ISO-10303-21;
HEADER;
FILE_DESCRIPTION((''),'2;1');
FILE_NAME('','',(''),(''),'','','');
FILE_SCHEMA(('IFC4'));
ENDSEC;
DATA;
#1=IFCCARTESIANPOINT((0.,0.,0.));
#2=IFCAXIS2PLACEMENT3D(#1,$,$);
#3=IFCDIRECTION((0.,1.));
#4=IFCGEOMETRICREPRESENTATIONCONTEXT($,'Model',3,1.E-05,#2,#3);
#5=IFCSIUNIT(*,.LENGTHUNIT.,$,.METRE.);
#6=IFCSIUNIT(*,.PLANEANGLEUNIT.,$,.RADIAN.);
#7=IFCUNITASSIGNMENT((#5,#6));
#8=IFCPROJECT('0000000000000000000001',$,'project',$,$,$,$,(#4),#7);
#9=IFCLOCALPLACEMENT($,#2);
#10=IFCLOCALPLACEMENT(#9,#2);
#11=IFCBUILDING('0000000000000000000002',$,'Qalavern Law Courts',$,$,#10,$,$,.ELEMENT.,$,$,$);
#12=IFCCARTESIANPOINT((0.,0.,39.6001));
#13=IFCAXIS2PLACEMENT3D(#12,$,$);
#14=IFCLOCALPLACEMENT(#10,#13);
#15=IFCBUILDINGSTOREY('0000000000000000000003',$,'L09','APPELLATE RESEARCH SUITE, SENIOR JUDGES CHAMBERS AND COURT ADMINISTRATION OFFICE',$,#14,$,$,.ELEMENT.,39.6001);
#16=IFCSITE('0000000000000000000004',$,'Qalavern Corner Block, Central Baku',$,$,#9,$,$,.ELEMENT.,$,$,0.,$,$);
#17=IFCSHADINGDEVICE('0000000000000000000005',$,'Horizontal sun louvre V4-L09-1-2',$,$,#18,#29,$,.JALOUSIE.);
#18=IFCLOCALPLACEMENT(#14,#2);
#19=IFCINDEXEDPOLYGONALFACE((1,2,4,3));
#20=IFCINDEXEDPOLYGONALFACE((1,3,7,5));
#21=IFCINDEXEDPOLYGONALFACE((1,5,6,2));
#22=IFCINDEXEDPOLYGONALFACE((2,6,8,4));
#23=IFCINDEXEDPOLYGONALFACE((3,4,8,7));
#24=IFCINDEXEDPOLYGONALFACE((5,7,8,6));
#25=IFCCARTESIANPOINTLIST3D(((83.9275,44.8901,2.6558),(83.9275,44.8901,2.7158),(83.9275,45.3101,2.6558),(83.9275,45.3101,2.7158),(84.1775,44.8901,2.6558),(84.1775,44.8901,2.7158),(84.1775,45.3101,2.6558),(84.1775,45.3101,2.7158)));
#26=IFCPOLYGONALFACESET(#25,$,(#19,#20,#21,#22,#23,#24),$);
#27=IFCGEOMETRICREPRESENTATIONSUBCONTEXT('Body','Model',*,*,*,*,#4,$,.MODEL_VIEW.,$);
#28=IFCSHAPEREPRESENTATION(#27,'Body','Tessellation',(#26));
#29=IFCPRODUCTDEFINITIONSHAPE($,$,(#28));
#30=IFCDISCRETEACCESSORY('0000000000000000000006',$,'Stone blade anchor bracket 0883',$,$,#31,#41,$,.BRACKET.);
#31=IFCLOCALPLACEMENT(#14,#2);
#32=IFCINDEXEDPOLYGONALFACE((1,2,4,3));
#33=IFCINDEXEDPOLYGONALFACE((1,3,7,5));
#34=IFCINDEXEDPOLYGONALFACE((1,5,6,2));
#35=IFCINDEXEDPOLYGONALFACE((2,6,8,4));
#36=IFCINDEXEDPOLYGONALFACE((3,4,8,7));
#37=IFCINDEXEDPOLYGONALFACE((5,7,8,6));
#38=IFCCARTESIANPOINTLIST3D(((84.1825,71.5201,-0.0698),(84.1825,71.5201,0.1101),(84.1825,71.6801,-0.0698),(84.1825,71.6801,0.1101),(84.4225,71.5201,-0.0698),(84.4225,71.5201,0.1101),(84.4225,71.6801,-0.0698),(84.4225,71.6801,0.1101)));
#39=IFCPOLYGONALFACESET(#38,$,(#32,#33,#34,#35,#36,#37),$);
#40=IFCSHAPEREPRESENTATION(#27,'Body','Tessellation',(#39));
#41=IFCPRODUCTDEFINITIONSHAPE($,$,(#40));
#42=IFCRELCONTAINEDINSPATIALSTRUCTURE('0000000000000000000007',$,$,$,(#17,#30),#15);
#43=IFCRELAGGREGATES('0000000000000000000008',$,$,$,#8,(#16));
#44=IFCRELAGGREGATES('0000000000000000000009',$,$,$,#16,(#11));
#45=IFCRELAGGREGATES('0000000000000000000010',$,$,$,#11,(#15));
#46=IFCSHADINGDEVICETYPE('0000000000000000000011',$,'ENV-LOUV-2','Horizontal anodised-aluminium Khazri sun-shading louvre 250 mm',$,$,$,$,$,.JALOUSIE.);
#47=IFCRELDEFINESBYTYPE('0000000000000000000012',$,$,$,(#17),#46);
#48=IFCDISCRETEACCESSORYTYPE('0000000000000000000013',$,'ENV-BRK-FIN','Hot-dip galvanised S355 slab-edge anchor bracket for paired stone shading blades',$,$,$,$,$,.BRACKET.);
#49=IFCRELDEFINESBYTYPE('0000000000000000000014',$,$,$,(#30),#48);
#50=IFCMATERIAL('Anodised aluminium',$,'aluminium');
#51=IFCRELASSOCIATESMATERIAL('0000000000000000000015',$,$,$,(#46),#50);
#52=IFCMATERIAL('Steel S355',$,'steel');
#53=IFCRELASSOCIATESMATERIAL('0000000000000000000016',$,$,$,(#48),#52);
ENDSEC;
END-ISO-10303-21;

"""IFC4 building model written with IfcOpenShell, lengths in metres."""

from ifc_helpers import new_model, si_unit, direction, frame, origin, origin_2d, place, context, subcontext, project, spatial, rectangle, extrude, material, type_object, element, save


model = new_model("IFC4")

# Units and contexts
model_context = context("Model", 3, precision=1e-05, world=origin(), true_north=direction((0.0, 1.0)))
body_context = subcontext(model_context, "Body", "Model", "MODEL_VIEW")
ifc_project = project(units=[si_unit("LENGTHUNIT", "METRE"), si_unit("PLANEANGLEUNIT", "RADIAN")], contexts=[model_context])

# Site, building, storey
site_placement = place(None, origin())
site = spatial("IfcSite", under=ifc_project, at=site_placement, Name="Qalavern Corner Block, Central Baku", CompositionType="ELEMENT", RefElevation=0.0)
building_placement = place(site_placement, origin())
building = spatial("IfcBuilding", under=site, at=building_placement, Name="Qalavern Law Courts", CompositionType="ELEMENT")
storey_placement = place(building_placement, frame((0.0, 0.0, 39.6001)))
storey = spatial("IfcBuildingStorey", under=building, at=storey_placement, Name="L09", Description="APPELLATE RESEARCH SUITE, SENIOR JUDGES CHAMBERS AND COURT ADMINISTRATION OFFICE", CompositionType="ELEMENT", Elevation=39.6001)

# Shading device
ifc_material_1 = material(Name="Anodised aluminium", Category="aluminium")
shading_device_type_1 = type_object("IfcShadingDeviceType", Name="ENV-LOUV-2", Description="Horizontal anodised-aluminium Khazri sun-shading louvre 250 mm", PredefinedType="JALOUSIE", material=ifc_material_1)
for number, where, z_axis, x_axis, name in (
    (1, (84.0525, 45.1001, 2.6558), (0.0, 0.0, 1.0), (0.0, -1.0, 0.0), "Horizontal sun louvre V4-L09-1-2"),
):
    element("IfcShadingDevice", number, at=place(storey_placement, frame(where, z_axis=z_axis, x_axis=x_axis)), inside=storey, type_object=shading_device_type_1, Name=name, PredefinedType="JALOUSIE", context=body_context, shape_type="SweptSolid", body=[
        extrude(rectangle(XDim=0.4199, YDim=0.25, at=origin_2d()), origin(), (0.0, 0.0, 1.0), 0.0601),
    ])

# Discrete accessory
ifc_material_2 = material(Name="Steel S355", Category="steel")
discrete_accessory_type = type_object("IfcDiscreteAccessoryType", Name="ENV-BRK-FIN", Description="Hot-dip galvanised S355 slab-edge anchor bracket for paired stone shading blades", PredefinedType="BRACKET", material=ifc_material_2)
discrete_accessory_placement = place(storey_placement, frame((84.3025, 71.6001, -0.0698), z_axis=(0.0, 0.0, 1.0), x_axis=(-1.0, 0.0, 0.0)))
element("IfcDiscreteAccessory", 2, at=discrete_accessory_placement, inside=storey, type_object=discrete_accessory_type, Name="Stone blade anchor bracket 0883", PredefinedType="BRACKET", context=body_context, shape_type="SweptSolid", body=[
    extrude(rectangle(XDim=0.24, YDim=0.1599, at=origin_2d()), origin(), (0.0, 0.0, 1.0), 0.1799),
])

save(model, "model.ifc")
